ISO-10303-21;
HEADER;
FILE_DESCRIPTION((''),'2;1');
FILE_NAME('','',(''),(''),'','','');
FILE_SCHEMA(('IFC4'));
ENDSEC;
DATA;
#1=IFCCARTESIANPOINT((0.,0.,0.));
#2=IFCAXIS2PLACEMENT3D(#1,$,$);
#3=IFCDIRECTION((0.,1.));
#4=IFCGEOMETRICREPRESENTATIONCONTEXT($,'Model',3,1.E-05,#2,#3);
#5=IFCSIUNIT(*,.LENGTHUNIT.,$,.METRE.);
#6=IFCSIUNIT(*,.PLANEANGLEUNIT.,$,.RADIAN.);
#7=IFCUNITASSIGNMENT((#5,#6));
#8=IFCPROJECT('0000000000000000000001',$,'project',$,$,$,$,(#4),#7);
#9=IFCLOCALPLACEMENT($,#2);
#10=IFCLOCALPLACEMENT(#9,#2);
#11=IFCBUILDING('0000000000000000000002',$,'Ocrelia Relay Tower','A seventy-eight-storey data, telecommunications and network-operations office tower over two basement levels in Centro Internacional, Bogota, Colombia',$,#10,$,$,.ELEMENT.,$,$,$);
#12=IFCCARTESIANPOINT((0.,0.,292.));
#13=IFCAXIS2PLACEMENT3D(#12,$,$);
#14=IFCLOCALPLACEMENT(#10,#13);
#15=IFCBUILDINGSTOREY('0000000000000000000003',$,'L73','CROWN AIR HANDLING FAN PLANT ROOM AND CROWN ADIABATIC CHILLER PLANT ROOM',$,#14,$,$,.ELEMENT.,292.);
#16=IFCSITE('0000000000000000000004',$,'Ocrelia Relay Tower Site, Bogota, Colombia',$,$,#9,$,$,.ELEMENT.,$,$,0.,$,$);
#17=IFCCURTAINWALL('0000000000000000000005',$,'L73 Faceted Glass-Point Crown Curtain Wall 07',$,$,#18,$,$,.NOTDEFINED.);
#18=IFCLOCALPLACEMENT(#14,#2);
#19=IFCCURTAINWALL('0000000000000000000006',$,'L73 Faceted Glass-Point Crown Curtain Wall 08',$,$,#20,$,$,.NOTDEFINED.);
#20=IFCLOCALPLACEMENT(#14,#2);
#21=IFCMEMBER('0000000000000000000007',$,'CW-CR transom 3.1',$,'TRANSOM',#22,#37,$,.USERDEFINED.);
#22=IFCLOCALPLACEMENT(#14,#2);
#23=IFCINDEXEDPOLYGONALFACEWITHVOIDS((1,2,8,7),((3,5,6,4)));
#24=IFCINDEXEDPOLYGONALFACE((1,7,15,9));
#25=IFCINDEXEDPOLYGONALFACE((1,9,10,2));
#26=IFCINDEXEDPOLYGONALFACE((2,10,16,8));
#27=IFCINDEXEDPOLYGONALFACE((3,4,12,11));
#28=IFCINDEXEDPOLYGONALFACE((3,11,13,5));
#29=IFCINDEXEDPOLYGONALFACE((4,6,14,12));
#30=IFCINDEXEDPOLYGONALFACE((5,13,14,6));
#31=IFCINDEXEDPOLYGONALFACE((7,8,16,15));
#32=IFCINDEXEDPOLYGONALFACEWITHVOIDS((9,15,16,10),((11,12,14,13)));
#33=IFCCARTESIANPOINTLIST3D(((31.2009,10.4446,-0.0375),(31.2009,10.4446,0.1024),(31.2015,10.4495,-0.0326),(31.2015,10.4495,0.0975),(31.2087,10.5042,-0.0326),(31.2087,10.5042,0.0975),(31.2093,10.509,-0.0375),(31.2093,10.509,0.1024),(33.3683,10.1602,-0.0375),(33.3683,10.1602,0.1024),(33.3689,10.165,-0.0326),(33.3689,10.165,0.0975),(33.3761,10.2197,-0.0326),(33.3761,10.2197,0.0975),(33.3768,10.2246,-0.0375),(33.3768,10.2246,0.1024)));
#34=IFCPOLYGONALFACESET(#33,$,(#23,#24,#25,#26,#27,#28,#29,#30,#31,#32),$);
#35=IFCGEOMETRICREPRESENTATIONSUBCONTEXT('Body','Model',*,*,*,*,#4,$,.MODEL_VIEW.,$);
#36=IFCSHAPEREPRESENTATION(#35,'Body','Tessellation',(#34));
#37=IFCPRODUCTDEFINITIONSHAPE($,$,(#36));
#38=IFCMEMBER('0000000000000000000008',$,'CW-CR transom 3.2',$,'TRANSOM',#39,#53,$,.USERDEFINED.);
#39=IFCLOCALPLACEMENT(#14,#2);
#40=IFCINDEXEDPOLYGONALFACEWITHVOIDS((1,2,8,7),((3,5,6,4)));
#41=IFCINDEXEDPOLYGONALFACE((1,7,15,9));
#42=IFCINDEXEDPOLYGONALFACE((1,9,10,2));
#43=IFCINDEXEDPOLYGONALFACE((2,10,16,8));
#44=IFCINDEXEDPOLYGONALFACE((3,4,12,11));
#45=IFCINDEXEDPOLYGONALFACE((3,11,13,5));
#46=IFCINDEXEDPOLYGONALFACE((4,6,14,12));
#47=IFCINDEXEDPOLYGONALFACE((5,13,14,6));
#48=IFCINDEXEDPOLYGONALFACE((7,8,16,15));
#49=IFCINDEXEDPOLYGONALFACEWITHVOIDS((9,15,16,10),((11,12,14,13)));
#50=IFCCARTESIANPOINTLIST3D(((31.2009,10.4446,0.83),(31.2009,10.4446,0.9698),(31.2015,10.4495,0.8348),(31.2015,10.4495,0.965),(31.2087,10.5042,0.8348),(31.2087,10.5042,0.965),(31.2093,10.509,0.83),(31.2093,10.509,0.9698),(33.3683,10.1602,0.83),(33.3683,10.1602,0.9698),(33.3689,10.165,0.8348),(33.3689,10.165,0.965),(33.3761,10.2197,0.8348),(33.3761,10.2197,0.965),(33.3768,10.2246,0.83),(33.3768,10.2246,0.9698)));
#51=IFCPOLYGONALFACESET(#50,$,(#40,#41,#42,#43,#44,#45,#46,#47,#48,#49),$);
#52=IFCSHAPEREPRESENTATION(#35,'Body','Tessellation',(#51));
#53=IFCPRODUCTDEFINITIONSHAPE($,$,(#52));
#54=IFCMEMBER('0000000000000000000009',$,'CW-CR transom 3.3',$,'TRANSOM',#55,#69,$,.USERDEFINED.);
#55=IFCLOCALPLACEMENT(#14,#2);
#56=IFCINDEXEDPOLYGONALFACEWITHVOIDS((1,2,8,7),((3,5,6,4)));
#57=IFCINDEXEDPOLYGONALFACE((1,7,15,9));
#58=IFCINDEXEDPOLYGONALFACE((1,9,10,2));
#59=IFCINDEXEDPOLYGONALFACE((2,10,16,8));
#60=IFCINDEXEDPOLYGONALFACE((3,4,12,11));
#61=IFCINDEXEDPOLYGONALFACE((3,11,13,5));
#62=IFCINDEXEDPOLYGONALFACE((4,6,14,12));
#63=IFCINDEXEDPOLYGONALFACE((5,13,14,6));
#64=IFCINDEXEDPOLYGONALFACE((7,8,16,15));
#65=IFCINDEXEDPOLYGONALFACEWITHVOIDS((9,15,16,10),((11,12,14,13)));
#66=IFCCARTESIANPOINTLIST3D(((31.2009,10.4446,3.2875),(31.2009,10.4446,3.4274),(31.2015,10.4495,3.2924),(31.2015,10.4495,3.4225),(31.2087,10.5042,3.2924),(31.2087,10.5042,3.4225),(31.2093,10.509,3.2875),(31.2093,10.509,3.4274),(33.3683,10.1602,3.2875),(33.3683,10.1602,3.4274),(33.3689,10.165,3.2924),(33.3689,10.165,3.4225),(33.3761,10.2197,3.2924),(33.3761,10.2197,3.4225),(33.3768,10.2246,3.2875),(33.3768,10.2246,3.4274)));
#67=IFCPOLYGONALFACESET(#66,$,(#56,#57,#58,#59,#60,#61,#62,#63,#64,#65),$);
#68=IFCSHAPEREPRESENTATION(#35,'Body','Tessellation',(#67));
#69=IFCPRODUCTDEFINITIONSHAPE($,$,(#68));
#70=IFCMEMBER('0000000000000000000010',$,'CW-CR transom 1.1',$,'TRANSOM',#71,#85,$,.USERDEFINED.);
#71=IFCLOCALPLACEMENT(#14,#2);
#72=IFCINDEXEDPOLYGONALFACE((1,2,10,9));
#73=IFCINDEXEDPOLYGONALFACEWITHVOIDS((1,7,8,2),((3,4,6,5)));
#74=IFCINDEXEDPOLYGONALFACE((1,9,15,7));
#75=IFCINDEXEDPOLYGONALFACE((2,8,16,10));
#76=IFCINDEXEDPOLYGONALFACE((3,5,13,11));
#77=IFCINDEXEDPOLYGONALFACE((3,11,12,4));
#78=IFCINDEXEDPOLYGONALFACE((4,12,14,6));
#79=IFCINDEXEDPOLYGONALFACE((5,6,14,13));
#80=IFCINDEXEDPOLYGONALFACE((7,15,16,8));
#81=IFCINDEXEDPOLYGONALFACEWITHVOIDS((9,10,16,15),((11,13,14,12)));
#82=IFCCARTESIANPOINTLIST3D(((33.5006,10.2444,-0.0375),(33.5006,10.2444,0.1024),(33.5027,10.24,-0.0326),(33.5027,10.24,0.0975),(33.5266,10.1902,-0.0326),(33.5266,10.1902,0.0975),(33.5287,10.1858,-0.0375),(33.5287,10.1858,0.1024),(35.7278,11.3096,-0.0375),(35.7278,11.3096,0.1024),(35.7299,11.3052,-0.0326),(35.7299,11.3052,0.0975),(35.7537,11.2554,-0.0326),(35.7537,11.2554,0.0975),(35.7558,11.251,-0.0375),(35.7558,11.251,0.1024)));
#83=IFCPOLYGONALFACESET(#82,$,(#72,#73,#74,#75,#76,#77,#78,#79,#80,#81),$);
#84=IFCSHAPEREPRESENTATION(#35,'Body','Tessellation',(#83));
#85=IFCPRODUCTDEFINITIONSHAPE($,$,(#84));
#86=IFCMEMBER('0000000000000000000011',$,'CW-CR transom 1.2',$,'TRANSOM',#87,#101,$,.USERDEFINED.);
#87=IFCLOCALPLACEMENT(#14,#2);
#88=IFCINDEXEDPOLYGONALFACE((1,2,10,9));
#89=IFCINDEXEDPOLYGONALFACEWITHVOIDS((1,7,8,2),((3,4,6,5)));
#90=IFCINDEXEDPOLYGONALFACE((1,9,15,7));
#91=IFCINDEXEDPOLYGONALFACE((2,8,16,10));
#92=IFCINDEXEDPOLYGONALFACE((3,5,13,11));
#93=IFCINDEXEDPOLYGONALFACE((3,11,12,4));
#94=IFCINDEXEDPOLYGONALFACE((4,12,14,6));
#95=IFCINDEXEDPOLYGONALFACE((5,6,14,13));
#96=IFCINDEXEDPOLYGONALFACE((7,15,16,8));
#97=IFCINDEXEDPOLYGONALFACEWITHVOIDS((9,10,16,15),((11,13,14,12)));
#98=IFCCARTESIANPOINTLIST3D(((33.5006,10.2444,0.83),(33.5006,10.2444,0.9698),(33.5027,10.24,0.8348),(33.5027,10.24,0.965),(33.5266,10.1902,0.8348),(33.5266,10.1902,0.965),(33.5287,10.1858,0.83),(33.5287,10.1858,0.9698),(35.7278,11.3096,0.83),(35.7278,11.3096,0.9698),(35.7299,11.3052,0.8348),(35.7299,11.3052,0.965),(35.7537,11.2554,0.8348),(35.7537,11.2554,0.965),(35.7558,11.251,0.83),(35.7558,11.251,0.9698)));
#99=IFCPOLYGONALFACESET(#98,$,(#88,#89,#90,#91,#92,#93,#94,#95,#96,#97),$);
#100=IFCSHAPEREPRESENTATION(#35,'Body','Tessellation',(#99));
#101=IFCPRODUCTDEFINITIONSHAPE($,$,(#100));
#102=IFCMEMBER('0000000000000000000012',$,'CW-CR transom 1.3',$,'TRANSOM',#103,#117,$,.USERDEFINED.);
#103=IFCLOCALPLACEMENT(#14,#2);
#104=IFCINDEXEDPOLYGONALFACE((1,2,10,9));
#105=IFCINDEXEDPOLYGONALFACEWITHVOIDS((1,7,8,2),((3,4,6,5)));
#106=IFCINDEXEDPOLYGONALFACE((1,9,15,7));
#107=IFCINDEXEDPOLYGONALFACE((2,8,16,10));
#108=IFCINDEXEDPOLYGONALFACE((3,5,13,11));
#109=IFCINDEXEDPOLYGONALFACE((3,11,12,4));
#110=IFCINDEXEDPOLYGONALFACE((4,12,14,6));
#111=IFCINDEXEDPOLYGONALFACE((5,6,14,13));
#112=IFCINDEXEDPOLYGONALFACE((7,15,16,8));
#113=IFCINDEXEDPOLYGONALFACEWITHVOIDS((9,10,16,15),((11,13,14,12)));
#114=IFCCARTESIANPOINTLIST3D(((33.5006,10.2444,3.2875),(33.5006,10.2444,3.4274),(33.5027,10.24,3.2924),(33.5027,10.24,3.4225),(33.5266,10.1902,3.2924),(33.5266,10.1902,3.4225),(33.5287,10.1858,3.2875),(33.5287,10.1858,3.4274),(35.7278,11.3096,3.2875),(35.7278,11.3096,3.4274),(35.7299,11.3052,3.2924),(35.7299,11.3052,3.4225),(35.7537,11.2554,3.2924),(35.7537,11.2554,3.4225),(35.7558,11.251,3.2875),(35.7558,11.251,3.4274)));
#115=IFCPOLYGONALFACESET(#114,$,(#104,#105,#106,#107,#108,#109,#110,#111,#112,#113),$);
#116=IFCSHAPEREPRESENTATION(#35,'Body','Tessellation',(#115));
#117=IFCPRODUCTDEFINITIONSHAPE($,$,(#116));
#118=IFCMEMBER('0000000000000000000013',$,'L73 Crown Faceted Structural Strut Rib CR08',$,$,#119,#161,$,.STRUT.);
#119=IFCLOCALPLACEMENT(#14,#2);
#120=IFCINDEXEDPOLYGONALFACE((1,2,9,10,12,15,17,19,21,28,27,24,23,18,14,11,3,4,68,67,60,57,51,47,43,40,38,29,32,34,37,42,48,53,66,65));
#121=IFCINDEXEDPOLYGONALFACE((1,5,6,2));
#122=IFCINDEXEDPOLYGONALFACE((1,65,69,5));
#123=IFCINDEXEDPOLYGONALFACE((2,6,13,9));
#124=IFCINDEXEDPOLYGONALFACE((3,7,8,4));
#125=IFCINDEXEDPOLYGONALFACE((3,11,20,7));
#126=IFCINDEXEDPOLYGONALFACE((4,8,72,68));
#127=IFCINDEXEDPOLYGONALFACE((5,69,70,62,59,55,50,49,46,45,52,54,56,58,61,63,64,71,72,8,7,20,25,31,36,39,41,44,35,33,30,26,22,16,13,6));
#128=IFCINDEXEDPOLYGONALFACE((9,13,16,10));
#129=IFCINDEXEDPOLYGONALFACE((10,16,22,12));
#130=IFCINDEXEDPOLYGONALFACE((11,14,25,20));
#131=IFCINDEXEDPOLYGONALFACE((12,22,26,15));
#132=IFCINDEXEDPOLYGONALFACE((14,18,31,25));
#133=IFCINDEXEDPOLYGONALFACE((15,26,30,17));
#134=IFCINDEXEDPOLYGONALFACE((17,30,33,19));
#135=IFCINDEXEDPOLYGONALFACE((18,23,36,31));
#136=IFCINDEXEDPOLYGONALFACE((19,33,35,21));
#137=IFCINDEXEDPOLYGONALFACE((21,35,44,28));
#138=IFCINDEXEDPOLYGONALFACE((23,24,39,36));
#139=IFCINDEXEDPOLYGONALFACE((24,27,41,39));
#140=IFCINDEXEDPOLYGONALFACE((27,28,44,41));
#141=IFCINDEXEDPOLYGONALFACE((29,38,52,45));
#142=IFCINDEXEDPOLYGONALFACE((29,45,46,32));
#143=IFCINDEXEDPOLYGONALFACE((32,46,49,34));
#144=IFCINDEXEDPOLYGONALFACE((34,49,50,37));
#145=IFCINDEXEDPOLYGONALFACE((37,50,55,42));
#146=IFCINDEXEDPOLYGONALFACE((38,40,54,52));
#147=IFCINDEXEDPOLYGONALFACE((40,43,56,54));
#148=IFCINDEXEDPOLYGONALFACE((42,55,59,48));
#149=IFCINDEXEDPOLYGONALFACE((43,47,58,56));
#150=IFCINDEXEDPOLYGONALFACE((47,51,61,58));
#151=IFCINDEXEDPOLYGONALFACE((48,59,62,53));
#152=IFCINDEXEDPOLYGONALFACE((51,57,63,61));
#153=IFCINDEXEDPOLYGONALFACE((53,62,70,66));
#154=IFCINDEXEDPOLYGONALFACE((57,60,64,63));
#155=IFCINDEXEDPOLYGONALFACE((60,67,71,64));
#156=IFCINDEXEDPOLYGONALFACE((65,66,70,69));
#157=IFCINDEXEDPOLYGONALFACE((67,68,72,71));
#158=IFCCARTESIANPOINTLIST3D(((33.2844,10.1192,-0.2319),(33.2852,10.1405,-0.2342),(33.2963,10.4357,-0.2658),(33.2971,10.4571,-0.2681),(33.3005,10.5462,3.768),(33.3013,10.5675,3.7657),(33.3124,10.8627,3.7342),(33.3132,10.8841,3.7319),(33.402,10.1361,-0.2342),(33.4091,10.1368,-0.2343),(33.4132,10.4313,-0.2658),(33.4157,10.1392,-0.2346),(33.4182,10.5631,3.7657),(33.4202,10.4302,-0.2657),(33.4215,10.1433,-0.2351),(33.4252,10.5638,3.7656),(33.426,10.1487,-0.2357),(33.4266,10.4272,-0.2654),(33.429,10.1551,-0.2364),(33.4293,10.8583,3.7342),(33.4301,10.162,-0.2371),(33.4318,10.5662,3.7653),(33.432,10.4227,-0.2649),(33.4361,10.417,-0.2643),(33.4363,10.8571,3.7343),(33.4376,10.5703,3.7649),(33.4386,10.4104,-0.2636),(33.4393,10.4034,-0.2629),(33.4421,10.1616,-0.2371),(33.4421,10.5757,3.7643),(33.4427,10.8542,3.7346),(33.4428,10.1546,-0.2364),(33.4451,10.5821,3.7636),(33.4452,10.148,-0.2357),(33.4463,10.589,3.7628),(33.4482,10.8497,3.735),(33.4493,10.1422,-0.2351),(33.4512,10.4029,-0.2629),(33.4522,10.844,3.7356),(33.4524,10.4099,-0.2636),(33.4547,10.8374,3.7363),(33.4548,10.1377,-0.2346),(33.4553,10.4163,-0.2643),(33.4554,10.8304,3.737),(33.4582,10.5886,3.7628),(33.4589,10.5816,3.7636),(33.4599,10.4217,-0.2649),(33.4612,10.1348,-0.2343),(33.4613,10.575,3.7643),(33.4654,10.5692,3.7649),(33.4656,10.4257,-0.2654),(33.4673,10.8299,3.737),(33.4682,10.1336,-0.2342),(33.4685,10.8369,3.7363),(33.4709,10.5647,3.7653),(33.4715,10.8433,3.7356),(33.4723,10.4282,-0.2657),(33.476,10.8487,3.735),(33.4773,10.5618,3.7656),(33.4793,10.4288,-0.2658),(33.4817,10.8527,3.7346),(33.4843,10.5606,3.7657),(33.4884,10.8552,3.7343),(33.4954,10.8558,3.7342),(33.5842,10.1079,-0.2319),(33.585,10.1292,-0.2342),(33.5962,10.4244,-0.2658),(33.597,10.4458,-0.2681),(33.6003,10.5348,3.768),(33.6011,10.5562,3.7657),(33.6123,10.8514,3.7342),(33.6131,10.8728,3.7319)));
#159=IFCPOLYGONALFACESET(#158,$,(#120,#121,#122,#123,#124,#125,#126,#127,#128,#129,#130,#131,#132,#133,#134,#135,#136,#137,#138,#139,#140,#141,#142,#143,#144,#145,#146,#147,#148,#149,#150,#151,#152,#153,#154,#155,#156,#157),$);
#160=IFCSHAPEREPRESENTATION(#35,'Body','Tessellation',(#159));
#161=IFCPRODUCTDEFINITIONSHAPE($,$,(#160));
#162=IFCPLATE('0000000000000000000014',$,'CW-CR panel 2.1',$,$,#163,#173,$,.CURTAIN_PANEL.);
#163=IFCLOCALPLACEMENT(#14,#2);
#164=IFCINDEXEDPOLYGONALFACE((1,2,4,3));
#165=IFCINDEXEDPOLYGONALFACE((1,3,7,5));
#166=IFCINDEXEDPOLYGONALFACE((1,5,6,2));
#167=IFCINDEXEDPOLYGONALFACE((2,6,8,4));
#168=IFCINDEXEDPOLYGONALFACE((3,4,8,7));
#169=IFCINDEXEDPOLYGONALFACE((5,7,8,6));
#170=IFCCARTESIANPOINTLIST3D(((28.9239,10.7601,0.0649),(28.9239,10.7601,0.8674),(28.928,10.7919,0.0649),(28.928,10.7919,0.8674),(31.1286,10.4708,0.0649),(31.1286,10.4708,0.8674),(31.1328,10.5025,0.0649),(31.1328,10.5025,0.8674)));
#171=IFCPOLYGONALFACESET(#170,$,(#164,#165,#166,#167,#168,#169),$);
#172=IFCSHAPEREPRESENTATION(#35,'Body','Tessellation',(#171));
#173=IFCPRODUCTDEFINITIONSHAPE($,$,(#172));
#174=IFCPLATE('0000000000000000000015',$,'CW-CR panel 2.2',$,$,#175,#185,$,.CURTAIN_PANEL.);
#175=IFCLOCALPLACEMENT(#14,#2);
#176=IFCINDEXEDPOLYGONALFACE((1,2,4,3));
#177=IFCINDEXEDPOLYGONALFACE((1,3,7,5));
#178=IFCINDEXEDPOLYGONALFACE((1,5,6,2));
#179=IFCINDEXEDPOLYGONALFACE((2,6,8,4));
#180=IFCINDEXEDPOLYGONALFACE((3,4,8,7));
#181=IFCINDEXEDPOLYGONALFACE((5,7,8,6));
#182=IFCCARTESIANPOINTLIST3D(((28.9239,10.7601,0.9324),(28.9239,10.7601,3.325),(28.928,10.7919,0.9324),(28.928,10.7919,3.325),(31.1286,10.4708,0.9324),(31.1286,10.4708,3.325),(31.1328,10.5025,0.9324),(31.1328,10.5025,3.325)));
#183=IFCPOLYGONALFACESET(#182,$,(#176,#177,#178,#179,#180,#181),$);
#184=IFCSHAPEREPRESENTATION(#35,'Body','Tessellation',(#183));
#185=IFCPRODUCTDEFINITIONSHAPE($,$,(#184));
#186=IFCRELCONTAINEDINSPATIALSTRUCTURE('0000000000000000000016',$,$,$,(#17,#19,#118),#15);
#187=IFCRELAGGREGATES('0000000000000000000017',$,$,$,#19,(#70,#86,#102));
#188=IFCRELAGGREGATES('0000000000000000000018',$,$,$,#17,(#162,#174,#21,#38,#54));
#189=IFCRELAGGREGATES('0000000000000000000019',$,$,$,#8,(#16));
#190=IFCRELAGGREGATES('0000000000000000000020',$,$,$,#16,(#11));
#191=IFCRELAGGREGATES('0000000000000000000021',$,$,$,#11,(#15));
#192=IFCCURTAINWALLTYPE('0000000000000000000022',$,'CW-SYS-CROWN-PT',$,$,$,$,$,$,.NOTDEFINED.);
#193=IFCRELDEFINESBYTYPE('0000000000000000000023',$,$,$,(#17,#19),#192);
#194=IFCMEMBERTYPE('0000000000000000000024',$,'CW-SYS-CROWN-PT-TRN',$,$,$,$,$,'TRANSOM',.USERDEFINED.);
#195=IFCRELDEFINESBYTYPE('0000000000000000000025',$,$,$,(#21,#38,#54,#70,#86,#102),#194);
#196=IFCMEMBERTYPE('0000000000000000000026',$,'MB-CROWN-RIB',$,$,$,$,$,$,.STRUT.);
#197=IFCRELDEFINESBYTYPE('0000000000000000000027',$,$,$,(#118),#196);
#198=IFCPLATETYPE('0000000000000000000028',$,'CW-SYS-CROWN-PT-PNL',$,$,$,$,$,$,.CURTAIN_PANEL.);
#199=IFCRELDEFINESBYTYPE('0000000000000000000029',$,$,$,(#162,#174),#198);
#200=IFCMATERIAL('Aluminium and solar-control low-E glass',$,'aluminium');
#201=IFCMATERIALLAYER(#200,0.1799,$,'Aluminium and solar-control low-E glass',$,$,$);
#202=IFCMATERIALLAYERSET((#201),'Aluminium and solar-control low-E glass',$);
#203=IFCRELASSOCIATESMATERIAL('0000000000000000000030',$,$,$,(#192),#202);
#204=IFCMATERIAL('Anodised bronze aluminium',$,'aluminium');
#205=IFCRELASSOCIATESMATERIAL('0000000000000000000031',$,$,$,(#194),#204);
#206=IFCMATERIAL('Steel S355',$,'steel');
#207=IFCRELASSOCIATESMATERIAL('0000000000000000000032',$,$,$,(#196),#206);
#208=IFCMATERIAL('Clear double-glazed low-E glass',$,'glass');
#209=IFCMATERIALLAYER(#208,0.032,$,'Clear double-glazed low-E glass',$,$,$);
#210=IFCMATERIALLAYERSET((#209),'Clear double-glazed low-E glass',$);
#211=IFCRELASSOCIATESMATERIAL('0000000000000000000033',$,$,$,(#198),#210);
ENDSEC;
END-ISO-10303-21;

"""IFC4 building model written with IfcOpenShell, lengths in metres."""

from ifc_helpers import new_model, si_unit, direction, frame, origin, origin_2d, place, context, subcontext, project, spatial, rectangle, hollow_rectangle, i_section, extrude, material, layer, layer_set, material_profile, profile_set, type_object, element, aggregate, save


model = new_model("IFC4")

# Units and contexts
model_context = context("Model", 3, precision=1e-05, world=origin(), true_north=direction((0.0, 1.0)))
body_context = subcontext(model_context, "Body", "Model", "MODEL_VIEW")
ifc_project = project(units=[si_unit("LENGTHUNIT", "METRE"), si_unit("PLANEANGLEUNIT", "RADIAN")], contexts=[model_context])

# Site, building, storey
site_placement = place(None, origin())
site = spatial("IfcSite", under=ifc_project, at=site_placement, Name="Ocrelia Relay Tower Site, Bogota, Colombia", CompositionType="ELEMENT", RefElevation=0.0)
building_placement = place(site_placement, origin())
building = spatial("IfcBuilding", under=site, at=building_placement, Name="Ocrelia Relay Tower", Description="A seventy-eight-storey data, telecommunications and network-operations office tower over two basement levels in Centro Internacional, Bogota, Colombia", CompositionType="ELEMENT")
storey_placement = place(building_placement, frame((0.0, 0.0, 292.0)))
storey = spatial("IfcBuildingStorey", under=building, at=storey_placement, Name="L73", Description="CROWN AIR HANDLING FAN PLANT ROOM AND CROWN ADIABATIC CHILLER PLANT ROOM", CompositionType="ELEMENT", Elevation=292.0)

# Shared definitions
ifc_material_1 = material(Name="Steel S355", Category="steel")

# Curtain wall
ifc_material_2 = material(Name="Aluminium and solar-control low-E glass", Category="aluminium")
ifc_layer_1 = layer(ifc_material_2, 0.1799, Name="Aluminium and solar-control low-E glass")
ifc_layer_set_1 = layer_set([ifc_layer_1], Name="Aluminium and solar-control low-E glass")
curtain_wall_type = type_object("IfcCurtainWallType", Name="CW-SYS-CROWN-PT", PredefinedType="NOTDEFINED", material=ifc_layer_set_1)
curtain_wall_1_placement = place(storey_placement, origin())
curtain_wall_1 = element("IfcCurtainWall", 1, at=curtain_wall_1_placement, inside=storey, type_object=curtain_wall_type, Name="L73 Faceted Glass-Point Crown Curtain Wall 07", PredefinedType="NOTDEFINED")
ifc_material_3 = material(Name="Anodised bronze aluminium", Category="aluminium")

# Curtain wall
curtain_wall_2_placement = place(storey_placement, origin())
curtain_wall_2 = element("IfcCurtainWall", 2, at=curtain_wall_2_placement, inside=storey, type_object=curtain_wall_type, Name="L73 Faceted Glass-Point Crown Curtain Wall 08", PredefinedType="NOTDEFINED")

# Members
ifc_material_profile_1 = material_profile(ifc_material_3, hollow_rectangle(XDim=0.0649, YDim=0.1399, WallThickness=0.0049, at=origin_2d()), Name="CW-TRN-140x65")
ifc_profile_set_1 = profile_set([ifc_material_profile_1], Name="Anodised bronze aluminium")
member_type_1 = type_object("IfcMemberType", Name="CW-SYS-CROWN-PT-TRN", ElementType="TRANSOM", PredefinedType="USERDEFINED", material=ifc_profile_set_1)
member_1_placement = place(storey_placement, frame((31.2051, 10.4768, 0.0325), z_axis=(0.9915, -0.130108, 0.0), x_axis=(0.130108, 0.9915, 0.0)))
member_1 = element("IfcMember", 3, at=member_1_placement, type_object=member_type_1, Name="CW-CR transom 3.1", ObjectType="TRANSOM", PredefinedType="USERDEFINED", context=body_context, shape_type="SweptSolid", body=[
    extrude(hollow_rectangle(XDim=0.0649, YDim=0.1399, WallThickness=0.0049, at=origin_2d()), origin(), (0.0, 0.0, 1.0), 2.186),
])
member_2_placement = place(storey_placement, frame((31.2051, 10.4768, 0.8999), z_axis=(0.9915, -0.130108, 0.0), x_axis=(0.130108, 0.9915, 0.0)))
member_2 = element("IfcMember", 4, at=member_2_placement, type_object=member_type_1, Name="CW-CR transom 3.2", ObjectType="TRANSOM", PredefinedType="USERDEFINED", context=body_context, shape_type="SweptSolid", body=[
    extrude(hollow_rectangle(XDim=0.0649, YDim=0.1399, WallThickness=0.0049, at=origin_2d()), origin(), (0.0, 0.0, 1.0), 2.186),
])
member_3_placement = place(storey_placement, frame((31.2051, 10.4768, 3.3574), z_axis=(0.9915, -0.130108, 0.0), x_axis=(0.130108, 0.9915, 0.0)))
member_3 = element("IfcMember", 5, at=member_3_placement, type_object=member_type_1, Name="CW-CR transom 3.3", ObjectType="TRANSOM", PredefinedType="USERDEFINED", context=body_context, shape_type="SweptSolid", body=[
    extrude(hollow_rectangle(XDim=0.0649, YDim=0.1399, WallThickness=0.0049, at=origin_2d()), origin(), (0.0, 0.0, 1.0), 2.186),
])
member_4_placement = place(storey_placement, frame((33.5146, 10.2151, 0.0325), z_axis=(0.902123, 0.43148, 0.0), x_axis=(-0.43148, 0.902123, 0.0)))
member_4 = element("IfcMember", 6, at=member_4_placement, type_object=member_type_1, Name="CW-CR transom 1.1", ObjectType="TRANSOM", PredefinedType="USERDEFINED", context=body_context, shape_type="SweptSolid", body=[
    extrude(hollow_rectangle(XDim=0.0649, YDim=0.1399, WallThickness=0.0049, at=origin_2d()), origin(), (0.0, 0.0, 1.0), 2.4688),
])
member_5_placement = place(storey_placement, frame((33.5146, 10.2151, 0.8999), z_axis=(0.902123, 0.43148, 0.0), x_axis=(-0.43148, 0.902123, 0.0)))
member_5 = element("IfcMember", 7, at=member_5_placement, type_object=member_type_1, Name="CW-CR transom 1.2", ObjectType="TRANSOM", PredefinedType="USERDEFINED", context=body_context, shape_type="SweptSolid", body=[
    extrude(hollow_rectangle(XDim=0.0649, YDim=0.1399, WallThickness=0.0049, at=origin_2d()), origin(), (0.0, 0.0, 1.0), 2.4688),
])
member_6_placement = place(storey_placement, frame((33.5146, 10.2151, 3.3574), z_axis=(0.902123, 0.43148, 0.0), x_axis=(-0.43148, 0.902123, 0.0)))
member_6 = element("IfcMember", 8, at=member_6_placement, type_object=member_type_1, Name="CW-CR transom 1.3", ObjectType="TRANSOM", PredefinedType="USERDEFINED", context=body_context, shape_type="SweptSolid", body=[
    extrude(hollow_rectangle(XDim=0.0649, YDim=0.1399, WallThickness=0.0049, at=origin_2d()), origin(), (0.0, 0.0, 1.0), 2.4688),
])
aggregate(curtain_wall_2, [member_4, member_5, member_6])
ifc_material_profile_2 = material_profile(ifc_material_1, i_section(OverallWidth=0.3, OverallDepth=0.3401, WebThickness=0.012, FlangeThickness=0.0215, FilletRadius=0.0271, at=origin_2d()), Name="HEB 340")
ifc_profile_set_2 = profile_set([ifc_material_profile_2], Name="Steel S355")
member_type_2 = type_object("IfcMemberType", Name="MB-CROWN-RIB", PredefinedType="STRUT", material=ifc_profile_set_2)
member_7_placement = place(storey_placement, frame((33.4407, 10.2825, -0.25), z_axis=(0.004006, 0.106147, 0.994342), x_axis=(-0.999289, 0.037709, 0.0)))
element("IfcMember", 9, at=member_7_placement, inside=storey, type_object=member_type_2, Name="L73 Crown Faceted Structural Strut Rib CR08", PredefinedType="STRUT", context=body_context, shape_type="SweptSolid", body=[
    extrude(i_section(OverallWidth=0.3, OverallDepth=0.3401, WebThickness=0.012, FlangeThickness=0.0215, FilletRadius=0.0271, at=origin_2d()), origin(), (0.0, 0.0, 1.0), 4.0227),
])

# Plates
ifc_material_4 = material(Name="Clear double-glazed low-E glass", Category="glass")
ifc_layer_2 = layer(ifc_material_4, 0.032, Name="Clear double-glazed low-E glass")
ifc_layer_set_2 = layer_set([ifc_layer_2], Name="Clear double-glazed low-E glass")
plate_type = type_object("IfcPlateType", Name="CW-SYS-CROWN-PT-PNL", PredefinedType="CURTAIN_PANEL", material=ifc_layer_set_2)
plate_1_placement = place(storey_placement, frame((30.0283, 10.6313, 0.0649), z_axis=(0.0, 0.0, 1.0), x_axis=(0.9915, -0.130108, 0.0)))
plate_1 = element("IfcPlate", 10, at=plate_1_placement, type_object=plate_type, Name="CW-CR panel 2.1", PredefinedType="CURTAIN_PANEL", context=body_context, shape_type="SweptSolid", body=[
    extrude(rectangle(XDim=2.2236, YDim=0.032, at=origin_2d()), origin(), (0.0, 0.0, 1.0), 0.8025),
])
plate_2_placement = place(storey_placement, frame((30.0283, 10.6313, 0.9324), z_axis=(0.0, 0.0, 1.0), x_axis=(0.9915, -0.130108, 0.0)))
plate_2 = element("IfcPlate", 11, at=plate_2_placement, type_object=plate_type, Name="CW-CR panel 2.2", PredefinedType="CURTAIN_PANEL", context=body_context, shape_type="SweptSolid", body=[
    extrude(rectangle(XDim=2.2236, YDim=0.032, at=origin_2d()), origin(), (0.0, 0.0, 1.0), 2.3926),
])
aggregate(curtain_wall_1, [plate_1, plate_2, member_1, member_2, member_3])

save(model, "model.ifc")
